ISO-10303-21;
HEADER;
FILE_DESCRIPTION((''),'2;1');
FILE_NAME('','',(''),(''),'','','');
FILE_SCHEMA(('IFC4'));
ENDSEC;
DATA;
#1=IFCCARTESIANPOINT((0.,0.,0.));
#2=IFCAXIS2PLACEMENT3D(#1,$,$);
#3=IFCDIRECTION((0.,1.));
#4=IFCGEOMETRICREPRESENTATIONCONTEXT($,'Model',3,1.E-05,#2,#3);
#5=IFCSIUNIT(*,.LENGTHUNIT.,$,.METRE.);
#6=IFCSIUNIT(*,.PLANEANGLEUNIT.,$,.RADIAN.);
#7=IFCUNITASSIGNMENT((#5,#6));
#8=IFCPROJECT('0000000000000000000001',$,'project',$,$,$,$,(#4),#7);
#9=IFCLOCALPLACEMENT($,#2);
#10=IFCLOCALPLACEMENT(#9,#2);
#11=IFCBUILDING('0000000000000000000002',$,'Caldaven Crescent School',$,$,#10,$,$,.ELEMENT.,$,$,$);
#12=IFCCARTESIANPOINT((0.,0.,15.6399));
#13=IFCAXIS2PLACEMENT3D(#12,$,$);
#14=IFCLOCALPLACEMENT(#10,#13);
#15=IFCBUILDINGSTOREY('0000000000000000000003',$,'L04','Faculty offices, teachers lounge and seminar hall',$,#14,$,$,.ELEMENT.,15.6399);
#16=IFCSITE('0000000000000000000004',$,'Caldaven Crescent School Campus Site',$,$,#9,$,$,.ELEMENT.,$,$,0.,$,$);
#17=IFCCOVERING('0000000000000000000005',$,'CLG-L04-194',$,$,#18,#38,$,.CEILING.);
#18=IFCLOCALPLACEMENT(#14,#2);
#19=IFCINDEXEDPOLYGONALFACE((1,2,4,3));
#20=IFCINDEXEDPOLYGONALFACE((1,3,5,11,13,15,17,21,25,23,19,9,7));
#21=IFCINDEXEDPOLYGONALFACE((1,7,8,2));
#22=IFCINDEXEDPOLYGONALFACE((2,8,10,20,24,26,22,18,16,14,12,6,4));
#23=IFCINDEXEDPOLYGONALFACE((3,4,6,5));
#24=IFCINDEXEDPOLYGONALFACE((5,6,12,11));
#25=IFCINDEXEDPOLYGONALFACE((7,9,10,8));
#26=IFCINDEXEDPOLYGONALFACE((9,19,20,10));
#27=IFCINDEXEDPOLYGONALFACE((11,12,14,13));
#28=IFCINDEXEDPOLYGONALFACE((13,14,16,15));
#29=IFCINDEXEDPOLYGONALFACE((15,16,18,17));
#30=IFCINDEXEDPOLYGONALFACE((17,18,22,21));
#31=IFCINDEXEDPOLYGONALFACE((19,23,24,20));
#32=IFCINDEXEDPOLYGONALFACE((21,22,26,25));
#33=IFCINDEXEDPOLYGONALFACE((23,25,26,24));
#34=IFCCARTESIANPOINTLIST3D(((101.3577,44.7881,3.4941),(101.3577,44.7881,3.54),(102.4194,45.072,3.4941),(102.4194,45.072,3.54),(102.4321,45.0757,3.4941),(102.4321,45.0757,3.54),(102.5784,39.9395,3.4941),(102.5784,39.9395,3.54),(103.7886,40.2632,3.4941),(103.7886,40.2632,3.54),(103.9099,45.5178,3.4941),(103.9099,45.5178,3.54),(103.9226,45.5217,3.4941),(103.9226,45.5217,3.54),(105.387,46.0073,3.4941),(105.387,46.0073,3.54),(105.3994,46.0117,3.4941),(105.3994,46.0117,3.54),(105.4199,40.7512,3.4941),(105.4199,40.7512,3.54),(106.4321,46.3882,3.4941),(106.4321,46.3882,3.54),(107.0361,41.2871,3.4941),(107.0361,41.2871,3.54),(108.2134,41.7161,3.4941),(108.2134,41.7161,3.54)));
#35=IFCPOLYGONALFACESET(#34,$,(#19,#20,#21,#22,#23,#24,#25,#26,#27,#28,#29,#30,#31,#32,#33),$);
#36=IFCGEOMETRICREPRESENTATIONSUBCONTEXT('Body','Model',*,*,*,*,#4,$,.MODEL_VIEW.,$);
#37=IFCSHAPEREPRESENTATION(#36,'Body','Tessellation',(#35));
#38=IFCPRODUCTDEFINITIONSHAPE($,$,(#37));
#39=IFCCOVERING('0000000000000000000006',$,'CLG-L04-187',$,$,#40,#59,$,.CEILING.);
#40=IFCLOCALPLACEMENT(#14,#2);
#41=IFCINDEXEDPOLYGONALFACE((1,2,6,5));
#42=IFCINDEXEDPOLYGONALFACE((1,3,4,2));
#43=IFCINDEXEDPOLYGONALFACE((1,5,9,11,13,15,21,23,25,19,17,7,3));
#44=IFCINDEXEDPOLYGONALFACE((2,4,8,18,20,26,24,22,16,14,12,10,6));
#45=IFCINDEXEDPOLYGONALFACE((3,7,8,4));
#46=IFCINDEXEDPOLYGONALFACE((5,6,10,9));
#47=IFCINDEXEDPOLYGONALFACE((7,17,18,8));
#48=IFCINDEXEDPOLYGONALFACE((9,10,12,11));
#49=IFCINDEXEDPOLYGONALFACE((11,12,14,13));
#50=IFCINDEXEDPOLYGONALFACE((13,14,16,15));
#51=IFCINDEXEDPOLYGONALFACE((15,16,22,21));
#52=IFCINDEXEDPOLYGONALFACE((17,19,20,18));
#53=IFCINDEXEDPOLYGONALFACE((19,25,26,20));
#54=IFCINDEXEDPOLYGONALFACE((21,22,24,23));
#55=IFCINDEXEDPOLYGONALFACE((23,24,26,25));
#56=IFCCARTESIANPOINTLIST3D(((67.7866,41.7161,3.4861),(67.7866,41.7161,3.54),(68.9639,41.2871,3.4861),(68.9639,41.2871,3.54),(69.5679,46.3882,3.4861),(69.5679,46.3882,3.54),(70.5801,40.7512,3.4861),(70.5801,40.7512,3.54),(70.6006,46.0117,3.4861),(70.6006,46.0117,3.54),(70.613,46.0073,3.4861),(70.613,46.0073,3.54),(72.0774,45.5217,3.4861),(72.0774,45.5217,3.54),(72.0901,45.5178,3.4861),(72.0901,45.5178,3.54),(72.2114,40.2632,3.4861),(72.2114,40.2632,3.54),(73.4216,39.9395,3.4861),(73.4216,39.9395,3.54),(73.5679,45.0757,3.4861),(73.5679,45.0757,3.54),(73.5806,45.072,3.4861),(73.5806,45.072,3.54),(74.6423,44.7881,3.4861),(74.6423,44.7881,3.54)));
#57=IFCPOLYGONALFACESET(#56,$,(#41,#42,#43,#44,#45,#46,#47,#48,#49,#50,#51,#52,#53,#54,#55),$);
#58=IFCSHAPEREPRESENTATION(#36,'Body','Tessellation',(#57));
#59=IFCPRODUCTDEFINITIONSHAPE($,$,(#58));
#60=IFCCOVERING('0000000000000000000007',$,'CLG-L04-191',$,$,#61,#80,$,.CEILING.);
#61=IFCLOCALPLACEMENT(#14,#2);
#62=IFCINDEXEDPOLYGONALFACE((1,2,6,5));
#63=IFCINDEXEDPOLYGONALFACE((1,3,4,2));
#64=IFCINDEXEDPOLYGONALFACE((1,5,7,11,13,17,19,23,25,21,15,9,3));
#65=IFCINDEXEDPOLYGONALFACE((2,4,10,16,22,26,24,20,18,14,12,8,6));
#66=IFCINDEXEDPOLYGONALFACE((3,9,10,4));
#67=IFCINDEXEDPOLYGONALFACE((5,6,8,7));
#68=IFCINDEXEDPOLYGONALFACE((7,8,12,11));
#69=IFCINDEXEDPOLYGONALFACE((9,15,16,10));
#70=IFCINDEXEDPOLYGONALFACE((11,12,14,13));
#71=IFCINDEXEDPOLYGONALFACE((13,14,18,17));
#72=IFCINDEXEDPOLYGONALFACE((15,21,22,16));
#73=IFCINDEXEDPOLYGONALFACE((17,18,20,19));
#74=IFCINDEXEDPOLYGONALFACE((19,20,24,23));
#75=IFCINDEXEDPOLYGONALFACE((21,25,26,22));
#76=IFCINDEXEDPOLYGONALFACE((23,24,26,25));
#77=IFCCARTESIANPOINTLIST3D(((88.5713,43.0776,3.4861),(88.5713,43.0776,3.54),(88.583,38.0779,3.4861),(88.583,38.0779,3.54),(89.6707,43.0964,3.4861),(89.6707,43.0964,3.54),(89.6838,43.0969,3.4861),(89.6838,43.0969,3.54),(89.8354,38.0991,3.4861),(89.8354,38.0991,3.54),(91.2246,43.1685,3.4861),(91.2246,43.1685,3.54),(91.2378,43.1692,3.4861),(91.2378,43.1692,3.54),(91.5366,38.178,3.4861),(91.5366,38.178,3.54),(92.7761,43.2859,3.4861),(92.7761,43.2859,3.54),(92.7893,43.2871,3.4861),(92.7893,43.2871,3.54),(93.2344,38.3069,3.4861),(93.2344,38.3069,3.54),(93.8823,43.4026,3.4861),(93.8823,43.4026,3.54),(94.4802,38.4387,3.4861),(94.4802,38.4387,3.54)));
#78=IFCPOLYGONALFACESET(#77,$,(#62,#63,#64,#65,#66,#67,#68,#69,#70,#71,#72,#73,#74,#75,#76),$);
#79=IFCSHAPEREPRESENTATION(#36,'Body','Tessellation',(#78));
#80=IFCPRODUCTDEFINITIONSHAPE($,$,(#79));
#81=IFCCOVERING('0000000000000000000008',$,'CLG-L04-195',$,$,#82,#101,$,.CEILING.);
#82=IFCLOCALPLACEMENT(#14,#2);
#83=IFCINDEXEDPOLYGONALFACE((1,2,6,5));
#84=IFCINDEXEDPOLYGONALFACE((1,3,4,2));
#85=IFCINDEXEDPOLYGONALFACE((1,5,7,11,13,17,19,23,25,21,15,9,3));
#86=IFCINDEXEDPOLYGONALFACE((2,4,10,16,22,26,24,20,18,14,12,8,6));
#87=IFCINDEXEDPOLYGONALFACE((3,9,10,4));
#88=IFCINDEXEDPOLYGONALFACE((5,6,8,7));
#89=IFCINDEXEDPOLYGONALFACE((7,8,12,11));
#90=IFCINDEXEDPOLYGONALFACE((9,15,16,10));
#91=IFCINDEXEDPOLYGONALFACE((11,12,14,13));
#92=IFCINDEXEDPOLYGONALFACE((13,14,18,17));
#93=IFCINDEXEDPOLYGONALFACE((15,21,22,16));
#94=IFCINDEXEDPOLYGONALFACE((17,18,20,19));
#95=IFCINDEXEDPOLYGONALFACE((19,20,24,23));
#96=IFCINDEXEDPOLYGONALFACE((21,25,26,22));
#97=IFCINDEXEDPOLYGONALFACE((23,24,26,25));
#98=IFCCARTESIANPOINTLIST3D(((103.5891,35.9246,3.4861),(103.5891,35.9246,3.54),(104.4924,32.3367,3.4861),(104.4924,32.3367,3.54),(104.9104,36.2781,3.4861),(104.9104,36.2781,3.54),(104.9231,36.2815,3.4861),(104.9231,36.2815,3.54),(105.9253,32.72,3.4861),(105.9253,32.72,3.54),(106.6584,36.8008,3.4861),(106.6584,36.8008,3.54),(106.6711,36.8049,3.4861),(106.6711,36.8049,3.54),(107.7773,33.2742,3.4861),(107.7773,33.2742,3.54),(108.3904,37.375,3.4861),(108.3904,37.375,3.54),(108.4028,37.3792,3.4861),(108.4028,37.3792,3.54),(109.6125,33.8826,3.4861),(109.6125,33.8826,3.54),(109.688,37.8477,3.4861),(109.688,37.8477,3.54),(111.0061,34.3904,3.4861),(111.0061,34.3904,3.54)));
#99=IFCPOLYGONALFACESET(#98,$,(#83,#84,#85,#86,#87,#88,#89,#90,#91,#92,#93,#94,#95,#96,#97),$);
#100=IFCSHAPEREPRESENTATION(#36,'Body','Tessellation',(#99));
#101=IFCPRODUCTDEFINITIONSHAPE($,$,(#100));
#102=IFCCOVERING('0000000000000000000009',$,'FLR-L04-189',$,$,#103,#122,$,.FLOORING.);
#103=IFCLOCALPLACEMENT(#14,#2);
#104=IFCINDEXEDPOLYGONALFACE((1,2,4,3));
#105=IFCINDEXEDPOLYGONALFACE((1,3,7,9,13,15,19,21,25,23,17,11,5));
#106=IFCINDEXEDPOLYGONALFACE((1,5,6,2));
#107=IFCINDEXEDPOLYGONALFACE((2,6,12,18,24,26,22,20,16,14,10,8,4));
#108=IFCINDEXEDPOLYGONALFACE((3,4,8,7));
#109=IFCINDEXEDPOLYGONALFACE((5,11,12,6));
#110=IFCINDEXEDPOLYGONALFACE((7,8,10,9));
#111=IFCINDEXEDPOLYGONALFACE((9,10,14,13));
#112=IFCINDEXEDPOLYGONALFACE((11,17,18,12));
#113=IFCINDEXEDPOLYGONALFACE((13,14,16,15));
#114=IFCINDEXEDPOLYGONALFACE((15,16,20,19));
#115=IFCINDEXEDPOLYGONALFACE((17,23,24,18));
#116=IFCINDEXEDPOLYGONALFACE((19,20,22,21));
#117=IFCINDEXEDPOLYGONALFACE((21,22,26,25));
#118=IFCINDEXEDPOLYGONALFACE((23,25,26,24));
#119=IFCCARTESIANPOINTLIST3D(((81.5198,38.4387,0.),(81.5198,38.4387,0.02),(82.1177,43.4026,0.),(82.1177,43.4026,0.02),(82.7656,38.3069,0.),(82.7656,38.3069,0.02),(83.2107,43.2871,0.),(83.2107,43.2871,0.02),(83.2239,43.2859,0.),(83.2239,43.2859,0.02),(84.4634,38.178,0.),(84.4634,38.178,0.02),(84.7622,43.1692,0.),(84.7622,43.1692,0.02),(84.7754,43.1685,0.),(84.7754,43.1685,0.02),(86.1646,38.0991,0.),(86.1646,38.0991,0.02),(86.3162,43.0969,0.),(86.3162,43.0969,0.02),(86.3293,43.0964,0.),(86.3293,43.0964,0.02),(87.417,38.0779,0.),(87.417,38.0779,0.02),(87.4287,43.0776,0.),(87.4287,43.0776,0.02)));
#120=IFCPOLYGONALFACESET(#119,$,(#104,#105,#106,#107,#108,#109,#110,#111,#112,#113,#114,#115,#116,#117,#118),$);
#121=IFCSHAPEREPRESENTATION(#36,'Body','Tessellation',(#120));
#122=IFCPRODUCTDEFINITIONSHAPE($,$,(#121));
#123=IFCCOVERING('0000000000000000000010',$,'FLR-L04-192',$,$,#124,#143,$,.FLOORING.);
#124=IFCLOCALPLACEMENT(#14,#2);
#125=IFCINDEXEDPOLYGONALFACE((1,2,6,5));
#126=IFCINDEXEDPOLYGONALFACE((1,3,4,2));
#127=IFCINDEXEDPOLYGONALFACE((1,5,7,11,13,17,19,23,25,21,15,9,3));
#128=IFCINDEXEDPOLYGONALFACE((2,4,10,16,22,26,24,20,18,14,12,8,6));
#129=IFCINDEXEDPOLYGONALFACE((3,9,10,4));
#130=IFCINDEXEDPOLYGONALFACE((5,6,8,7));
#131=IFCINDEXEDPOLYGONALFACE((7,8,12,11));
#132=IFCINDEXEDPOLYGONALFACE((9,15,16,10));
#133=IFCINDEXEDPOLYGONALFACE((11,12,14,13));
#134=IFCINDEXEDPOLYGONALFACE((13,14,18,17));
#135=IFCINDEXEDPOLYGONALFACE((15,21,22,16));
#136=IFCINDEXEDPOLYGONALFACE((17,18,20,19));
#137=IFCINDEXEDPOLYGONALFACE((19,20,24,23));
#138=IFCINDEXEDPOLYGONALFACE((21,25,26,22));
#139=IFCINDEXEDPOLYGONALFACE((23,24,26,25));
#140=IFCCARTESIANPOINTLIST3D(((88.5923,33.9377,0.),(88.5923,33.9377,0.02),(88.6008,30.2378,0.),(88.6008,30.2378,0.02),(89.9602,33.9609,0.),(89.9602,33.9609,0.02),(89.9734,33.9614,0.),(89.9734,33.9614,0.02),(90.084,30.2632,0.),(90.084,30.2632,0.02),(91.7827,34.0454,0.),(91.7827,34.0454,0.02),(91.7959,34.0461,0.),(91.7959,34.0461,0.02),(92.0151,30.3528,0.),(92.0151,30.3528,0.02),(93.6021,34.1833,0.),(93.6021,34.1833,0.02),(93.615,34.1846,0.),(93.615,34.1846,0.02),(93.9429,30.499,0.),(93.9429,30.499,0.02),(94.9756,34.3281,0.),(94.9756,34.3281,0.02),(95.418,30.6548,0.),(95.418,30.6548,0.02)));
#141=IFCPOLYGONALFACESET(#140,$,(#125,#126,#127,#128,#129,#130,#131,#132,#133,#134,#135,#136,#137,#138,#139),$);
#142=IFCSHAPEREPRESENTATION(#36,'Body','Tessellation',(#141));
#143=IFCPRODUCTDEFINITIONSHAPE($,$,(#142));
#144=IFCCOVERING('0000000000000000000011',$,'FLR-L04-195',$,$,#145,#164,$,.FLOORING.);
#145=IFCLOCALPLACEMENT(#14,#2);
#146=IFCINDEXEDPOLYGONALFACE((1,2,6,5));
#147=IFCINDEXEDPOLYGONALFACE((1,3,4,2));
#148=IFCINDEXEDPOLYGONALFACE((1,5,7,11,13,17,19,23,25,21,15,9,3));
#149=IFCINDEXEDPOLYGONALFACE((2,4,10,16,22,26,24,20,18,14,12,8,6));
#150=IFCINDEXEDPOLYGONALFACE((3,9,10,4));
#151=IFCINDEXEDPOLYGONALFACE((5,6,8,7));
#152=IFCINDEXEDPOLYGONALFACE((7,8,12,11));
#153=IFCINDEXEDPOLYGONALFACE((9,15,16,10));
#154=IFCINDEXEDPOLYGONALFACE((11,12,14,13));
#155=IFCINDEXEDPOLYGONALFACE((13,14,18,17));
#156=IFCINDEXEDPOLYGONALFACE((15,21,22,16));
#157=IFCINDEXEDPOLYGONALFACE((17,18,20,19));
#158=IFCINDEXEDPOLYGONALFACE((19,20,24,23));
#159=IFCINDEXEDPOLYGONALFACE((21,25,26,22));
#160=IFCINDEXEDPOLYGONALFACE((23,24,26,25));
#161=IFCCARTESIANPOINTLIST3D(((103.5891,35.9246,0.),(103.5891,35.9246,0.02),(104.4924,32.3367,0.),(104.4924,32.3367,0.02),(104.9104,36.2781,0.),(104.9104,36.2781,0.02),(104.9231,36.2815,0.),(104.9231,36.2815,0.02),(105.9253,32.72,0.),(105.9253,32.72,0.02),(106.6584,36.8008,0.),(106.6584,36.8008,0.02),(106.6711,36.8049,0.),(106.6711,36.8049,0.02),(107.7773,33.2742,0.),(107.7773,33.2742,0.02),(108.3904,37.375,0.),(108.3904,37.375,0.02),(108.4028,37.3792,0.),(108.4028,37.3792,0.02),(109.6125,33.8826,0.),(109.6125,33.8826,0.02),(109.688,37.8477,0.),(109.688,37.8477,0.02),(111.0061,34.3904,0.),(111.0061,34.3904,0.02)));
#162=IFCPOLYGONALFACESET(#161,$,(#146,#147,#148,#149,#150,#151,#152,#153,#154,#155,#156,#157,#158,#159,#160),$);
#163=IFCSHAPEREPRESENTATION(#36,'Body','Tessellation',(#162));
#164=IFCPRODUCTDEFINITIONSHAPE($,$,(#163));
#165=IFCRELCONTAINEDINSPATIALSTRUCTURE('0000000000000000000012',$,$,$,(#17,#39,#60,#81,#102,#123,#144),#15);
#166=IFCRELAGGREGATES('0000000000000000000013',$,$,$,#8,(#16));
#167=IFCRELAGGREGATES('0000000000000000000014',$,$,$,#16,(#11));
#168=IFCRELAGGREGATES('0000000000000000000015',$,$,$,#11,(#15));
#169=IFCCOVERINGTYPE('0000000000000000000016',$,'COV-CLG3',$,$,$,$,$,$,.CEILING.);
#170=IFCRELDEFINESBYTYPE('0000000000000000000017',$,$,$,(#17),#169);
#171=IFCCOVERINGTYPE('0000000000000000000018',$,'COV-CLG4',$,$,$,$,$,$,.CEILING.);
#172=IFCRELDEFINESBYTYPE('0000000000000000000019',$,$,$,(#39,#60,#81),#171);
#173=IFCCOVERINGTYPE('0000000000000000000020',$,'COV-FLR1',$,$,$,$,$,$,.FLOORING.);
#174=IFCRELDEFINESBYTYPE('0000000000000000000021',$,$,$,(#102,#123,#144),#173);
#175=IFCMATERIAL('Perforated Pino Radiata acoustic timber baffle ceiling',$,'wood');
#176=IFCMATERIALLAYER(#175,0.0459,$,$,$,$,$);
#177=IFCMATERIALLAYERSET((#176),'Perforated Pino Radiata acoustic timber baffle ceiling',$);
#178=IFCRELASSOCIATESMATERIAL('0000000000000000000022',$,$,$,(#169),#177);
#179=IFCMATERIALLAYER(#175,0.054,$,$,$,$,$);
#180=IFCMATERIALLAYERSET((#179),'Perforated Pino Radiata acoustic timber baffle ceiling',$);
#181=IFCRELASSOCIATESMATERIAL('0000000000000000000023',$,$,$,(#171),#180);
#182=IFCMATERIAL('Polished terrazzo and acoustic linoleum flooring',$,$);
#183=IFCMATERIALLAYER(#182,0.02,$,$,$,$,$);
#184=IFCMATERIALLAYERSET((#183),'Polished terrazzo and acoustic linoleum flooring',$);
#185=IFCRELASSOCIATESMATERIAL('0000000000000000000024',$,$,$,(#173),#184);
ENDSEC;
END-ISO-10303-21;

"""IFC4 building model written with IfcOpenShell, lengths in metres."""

from ifc_helpers import new_model, si_unit, direction, frame, origin, place, context, subcontext, project, spatial, polyline, outline, extrude, material, layer, layer_set, type_object, element, save


model = new_model("IFC4")

# Units and contexts
model_context = context("Model", 3, precision=1e-05, world=origin(), true_north=direction((0.0, 1.0)))
body_context = subcontext(model_context, "Body", "Model", "MODEL_VIEW")
ifc_project = project(units=[si_unit("LENGTHUNIT", "METRE"), si_unit("PLANEANGLEUNIT", "RADIAN")], contexts=[model_context])

# Site, building, storey
site_placement = place(None, origin())
site = spatial("IfcSite", under=ifc_project, at=site_placement, Name="Caldaven Crescent School Campus Site", CompositionType="ELEMENT", RefElevation=0.0)
building_placement = place(site_placement, origin())
building = spatial("IfcBuilding", under=site, at=building_placement, Name="Caldaven Crescent School", CompositionType="ELEMENT")
storey_placement = place(building_placement, frame((0.0, 0.0, 15.6399)))
storey = spatial("IfcBuildingStorey", under=building, at=storey_placement, Name="L04", Description="Faculty offices, teachers lounge and seminar hall", CompositionType="ELEMENT", Elevation=15.6399)

# Coverings
ifc_material_1 = material(Name="Perforated Pino Radiata acoustic timber baffle ceiling", Category="wood")
ifc_layer_1 = layer(ifc_material_1, 0.0459)
ifc_layer_set_1 = layer_set([ifc_layer_1], Name="Perforated Pino Radiata acoustic timber baffle ceiling")
covering_type_1 = type_object("IfcCoveringType", Name="COV-CLG3", PredefinedType="CEILING", material=ifc_layer_set_1)
covering_1_placement = place(storey_placement, frame((0.0, 0.0, 3.4941)))
element("IfcCovering", 1, at=covering_1_placement, inside=storey, type_object=covering_type_1, Name="CLG-L04-194", PredefinedType="CEILING", context=body_context, shape_type="SweptSolid", body=[
    extrude(outline(polyline([(102.4194, 45.072), (102.4321, 45.0757), (103.9099, 45.5178), (103.9226, 45.5217), (105.387, 46.0073), (105.3994, 46.0117), (106.4321, 46.3882), (108.2134, 41.7161), (107.0361, 41.2871), (105.4199, 40.7512), (103.7886, 40.2632), (102.5784, 39.9395), (101.3577, 44.7881), (102.4194, 45.072)])), origin(), (0.0, 0.0, 1.0), 0.0459),
])
ifc_layer_2 = layer(ifc_material_1, 0.054)
ifc_layer_set_2 = layer_set([ifc_layer_2], Name="Perforated Pino Radiata acoustic timber baffle ceiling")
covering_type_2 = type_object("IfcCoveringType", Name="COV-CLG4", PredefinedType="CEILING", material=ifc_layer_set_2)
covering_2_placement = place(storey_placement, frame((0.0, 0.0, 3.4861)))
element("IfcCovering", 2, at=covering_2_placement, inside=storey, type_object=covering_type_2, Name="CLG-L04-187", PredefinedType="CEILING", context=body_context, shape_type="SweptSolid", body=[
    extrude(outline(polyline([(70.6006, 46.0117), (70.613, 46.0073), (72.0774, 45.5217), (72.0901, 45.5178), (73.5679, 45.0757), (73.5806, 45.072), (74.6423, 44.7881), (73.4216, 39.9395), (72.2114, 40.2632), (70.5801, 40.7512), (68.9639, 41.2871), (67.7866, 41.7161), (69.5679, 46.3882), (70.6006, 46.0117)])), origin(), (0.0, 0.0, 1.0), 0.054),
])
covering_3_placement = place(storey_placement, frame((0.0, 0.0, 3.4861)))
element("IfcCovering", 3, at=covering_3_placement, inside=storey, type_object=covering_type_2, Name="CLG-L04-191", PredefinedType="CEILING", context=body_context, shape_type="SweptSolid", body=[
    extrude(outline(polyline([(89.6707, 43.0964), (89.6838, 43.0969), (91.2246, 43.1685), (91.2378, 43.1692), (92.7761, 43.2859), (92.7893, 43.2871), (93.8823, 43.4026), (94.4802, 38.4387), (93.2344, 38.3069), (91.5366, 38.178), (89.8354, 38.0991), (88.583, 38.0779), (88.5713, 43.0776), (89.6707, 43.0964)])), origin(), (0.0, 0.0, 1.0), 0.054),
])
covering_4_placement = place(storey_placement, frame((0.0, 0.0, 3.4861)))
element("IfcCovering", 4, at=covering_4_placement, inside=storey, type_object=covering_type_2, Name="CLG-L04-195", PredefinedType="CEILING", context=body_context, shape_type="SweptSolid", body=[
    extrude(outline(polyline([(104.9104, 36.2781), (104.9231, 36.2815), (106.6584, 36.8008), (106.6711, 36.8049), (108.3904, 37.375), (108.4028, 37.3792), (109.688, 37.8477), (111.0061, 34.3904), (109.6125, 33.8826), (107.7773, 33.2742), (105.9253, 32.72), (104.4924, 32.3367), (103.5891, 35.9246), (104.9104, 36.2781)])), origin(), (0.0, 0.0, 1.0), 0.054),
])
ifc_material_2 = material(Name="Polished terrazzo and acoustic linoleum flooring")
ifc_layer_3 = layer(ifc_material_2, 0.02)
ifc_layer_set_3 = layer_set([ifc_layer_3], Name="Polished terrazzo and acoustic linoleum flooring")
covering_type_3 = type_object("IfcCoveringType", Name="COV-FLR1", PredefinedType="FLOORING", material=ifc_layer_set_3)
covering_5_placement = place(storey_placement, origin())
element("IfcCovering", 5, at=covering_5_placement, inside=storey, type_object=covering_type_3, Name="FLR-L04-189", PredefinedType="FLOORING", context=body_context, shape_type="SweptSolid", body=[
    extrude(outline(polyline([(82.1177, 43.4026), (83.2107, 43.2871), (83.2239, 43.2859), (84.7622, 43.1692), (84.7754, 43.1685), (86.3162, 43.0969), (86.3293, 43.0964), (87.4287, 43.0776), (87.417, 38.0779), (86.1646, 38.0991), (84.4634, 38.178), (82.7656, 38.3069), (81.5198, 38.4387), (82.1177, 43.4026)])), origin(), (0.0, 0.0, 1.0), 0.02),
])
covering_6_placement = place(storey_placement, origin())
element("IfcCovering", 6, at=covering_6_placement, inside=storey, type_object=covering_type_3, Name="FLR-L04-192", PredefinedType="FLOORING", context=body_context, shape_type="SweptSolid", body=[
    extrude(outline(polyline([(88.5923, 33.9377), (89.9602, 33.9609), (89.9734, 33.9614), (91.7827, 34.0454), (91.7959, 34.0461), (93.6021, 34.1833), (93.615, 34.1846), (94.9756, 34.3281), (95.418, 30.6548), (93.9429, 30.499), (92.0151, 30.3528), (90.084, 30.2632), (88.6008, 30.2378), (88.5923, 33.9377)])), origin(), (0.0, 0.0, 1.0), 0.02),
])
covering_7_placement = place(storey_placement, origin())
element("IfcCovering", 7, at=covering_7_placement, inside=storey, type_object=covering_type_3, Name="FLR-L04-195", PredefinedType="FLOORING", context=body_context, shape_type="SweptSolid", body=[
    extrude(outline(polyline([(103.5891, 35.9246), (104.9104, 36.2781), (104.9231, 36.2815), (106.6584, 36.8008), (106.6711, 36.8049), (108.3904, 37.375), (108.4028, 37.3792), (109.688, 37.8477), (111.0061, 34.3904), (109.6125, 33.8826), (107.7773, 33.2742), (105.9253, 32.72), (104.4924, 32.3367), (103.5891, 35.9246)])), origin(), (0.0, 0.0, 1.0), 0.02),
])

save(model, "model.ifc")
